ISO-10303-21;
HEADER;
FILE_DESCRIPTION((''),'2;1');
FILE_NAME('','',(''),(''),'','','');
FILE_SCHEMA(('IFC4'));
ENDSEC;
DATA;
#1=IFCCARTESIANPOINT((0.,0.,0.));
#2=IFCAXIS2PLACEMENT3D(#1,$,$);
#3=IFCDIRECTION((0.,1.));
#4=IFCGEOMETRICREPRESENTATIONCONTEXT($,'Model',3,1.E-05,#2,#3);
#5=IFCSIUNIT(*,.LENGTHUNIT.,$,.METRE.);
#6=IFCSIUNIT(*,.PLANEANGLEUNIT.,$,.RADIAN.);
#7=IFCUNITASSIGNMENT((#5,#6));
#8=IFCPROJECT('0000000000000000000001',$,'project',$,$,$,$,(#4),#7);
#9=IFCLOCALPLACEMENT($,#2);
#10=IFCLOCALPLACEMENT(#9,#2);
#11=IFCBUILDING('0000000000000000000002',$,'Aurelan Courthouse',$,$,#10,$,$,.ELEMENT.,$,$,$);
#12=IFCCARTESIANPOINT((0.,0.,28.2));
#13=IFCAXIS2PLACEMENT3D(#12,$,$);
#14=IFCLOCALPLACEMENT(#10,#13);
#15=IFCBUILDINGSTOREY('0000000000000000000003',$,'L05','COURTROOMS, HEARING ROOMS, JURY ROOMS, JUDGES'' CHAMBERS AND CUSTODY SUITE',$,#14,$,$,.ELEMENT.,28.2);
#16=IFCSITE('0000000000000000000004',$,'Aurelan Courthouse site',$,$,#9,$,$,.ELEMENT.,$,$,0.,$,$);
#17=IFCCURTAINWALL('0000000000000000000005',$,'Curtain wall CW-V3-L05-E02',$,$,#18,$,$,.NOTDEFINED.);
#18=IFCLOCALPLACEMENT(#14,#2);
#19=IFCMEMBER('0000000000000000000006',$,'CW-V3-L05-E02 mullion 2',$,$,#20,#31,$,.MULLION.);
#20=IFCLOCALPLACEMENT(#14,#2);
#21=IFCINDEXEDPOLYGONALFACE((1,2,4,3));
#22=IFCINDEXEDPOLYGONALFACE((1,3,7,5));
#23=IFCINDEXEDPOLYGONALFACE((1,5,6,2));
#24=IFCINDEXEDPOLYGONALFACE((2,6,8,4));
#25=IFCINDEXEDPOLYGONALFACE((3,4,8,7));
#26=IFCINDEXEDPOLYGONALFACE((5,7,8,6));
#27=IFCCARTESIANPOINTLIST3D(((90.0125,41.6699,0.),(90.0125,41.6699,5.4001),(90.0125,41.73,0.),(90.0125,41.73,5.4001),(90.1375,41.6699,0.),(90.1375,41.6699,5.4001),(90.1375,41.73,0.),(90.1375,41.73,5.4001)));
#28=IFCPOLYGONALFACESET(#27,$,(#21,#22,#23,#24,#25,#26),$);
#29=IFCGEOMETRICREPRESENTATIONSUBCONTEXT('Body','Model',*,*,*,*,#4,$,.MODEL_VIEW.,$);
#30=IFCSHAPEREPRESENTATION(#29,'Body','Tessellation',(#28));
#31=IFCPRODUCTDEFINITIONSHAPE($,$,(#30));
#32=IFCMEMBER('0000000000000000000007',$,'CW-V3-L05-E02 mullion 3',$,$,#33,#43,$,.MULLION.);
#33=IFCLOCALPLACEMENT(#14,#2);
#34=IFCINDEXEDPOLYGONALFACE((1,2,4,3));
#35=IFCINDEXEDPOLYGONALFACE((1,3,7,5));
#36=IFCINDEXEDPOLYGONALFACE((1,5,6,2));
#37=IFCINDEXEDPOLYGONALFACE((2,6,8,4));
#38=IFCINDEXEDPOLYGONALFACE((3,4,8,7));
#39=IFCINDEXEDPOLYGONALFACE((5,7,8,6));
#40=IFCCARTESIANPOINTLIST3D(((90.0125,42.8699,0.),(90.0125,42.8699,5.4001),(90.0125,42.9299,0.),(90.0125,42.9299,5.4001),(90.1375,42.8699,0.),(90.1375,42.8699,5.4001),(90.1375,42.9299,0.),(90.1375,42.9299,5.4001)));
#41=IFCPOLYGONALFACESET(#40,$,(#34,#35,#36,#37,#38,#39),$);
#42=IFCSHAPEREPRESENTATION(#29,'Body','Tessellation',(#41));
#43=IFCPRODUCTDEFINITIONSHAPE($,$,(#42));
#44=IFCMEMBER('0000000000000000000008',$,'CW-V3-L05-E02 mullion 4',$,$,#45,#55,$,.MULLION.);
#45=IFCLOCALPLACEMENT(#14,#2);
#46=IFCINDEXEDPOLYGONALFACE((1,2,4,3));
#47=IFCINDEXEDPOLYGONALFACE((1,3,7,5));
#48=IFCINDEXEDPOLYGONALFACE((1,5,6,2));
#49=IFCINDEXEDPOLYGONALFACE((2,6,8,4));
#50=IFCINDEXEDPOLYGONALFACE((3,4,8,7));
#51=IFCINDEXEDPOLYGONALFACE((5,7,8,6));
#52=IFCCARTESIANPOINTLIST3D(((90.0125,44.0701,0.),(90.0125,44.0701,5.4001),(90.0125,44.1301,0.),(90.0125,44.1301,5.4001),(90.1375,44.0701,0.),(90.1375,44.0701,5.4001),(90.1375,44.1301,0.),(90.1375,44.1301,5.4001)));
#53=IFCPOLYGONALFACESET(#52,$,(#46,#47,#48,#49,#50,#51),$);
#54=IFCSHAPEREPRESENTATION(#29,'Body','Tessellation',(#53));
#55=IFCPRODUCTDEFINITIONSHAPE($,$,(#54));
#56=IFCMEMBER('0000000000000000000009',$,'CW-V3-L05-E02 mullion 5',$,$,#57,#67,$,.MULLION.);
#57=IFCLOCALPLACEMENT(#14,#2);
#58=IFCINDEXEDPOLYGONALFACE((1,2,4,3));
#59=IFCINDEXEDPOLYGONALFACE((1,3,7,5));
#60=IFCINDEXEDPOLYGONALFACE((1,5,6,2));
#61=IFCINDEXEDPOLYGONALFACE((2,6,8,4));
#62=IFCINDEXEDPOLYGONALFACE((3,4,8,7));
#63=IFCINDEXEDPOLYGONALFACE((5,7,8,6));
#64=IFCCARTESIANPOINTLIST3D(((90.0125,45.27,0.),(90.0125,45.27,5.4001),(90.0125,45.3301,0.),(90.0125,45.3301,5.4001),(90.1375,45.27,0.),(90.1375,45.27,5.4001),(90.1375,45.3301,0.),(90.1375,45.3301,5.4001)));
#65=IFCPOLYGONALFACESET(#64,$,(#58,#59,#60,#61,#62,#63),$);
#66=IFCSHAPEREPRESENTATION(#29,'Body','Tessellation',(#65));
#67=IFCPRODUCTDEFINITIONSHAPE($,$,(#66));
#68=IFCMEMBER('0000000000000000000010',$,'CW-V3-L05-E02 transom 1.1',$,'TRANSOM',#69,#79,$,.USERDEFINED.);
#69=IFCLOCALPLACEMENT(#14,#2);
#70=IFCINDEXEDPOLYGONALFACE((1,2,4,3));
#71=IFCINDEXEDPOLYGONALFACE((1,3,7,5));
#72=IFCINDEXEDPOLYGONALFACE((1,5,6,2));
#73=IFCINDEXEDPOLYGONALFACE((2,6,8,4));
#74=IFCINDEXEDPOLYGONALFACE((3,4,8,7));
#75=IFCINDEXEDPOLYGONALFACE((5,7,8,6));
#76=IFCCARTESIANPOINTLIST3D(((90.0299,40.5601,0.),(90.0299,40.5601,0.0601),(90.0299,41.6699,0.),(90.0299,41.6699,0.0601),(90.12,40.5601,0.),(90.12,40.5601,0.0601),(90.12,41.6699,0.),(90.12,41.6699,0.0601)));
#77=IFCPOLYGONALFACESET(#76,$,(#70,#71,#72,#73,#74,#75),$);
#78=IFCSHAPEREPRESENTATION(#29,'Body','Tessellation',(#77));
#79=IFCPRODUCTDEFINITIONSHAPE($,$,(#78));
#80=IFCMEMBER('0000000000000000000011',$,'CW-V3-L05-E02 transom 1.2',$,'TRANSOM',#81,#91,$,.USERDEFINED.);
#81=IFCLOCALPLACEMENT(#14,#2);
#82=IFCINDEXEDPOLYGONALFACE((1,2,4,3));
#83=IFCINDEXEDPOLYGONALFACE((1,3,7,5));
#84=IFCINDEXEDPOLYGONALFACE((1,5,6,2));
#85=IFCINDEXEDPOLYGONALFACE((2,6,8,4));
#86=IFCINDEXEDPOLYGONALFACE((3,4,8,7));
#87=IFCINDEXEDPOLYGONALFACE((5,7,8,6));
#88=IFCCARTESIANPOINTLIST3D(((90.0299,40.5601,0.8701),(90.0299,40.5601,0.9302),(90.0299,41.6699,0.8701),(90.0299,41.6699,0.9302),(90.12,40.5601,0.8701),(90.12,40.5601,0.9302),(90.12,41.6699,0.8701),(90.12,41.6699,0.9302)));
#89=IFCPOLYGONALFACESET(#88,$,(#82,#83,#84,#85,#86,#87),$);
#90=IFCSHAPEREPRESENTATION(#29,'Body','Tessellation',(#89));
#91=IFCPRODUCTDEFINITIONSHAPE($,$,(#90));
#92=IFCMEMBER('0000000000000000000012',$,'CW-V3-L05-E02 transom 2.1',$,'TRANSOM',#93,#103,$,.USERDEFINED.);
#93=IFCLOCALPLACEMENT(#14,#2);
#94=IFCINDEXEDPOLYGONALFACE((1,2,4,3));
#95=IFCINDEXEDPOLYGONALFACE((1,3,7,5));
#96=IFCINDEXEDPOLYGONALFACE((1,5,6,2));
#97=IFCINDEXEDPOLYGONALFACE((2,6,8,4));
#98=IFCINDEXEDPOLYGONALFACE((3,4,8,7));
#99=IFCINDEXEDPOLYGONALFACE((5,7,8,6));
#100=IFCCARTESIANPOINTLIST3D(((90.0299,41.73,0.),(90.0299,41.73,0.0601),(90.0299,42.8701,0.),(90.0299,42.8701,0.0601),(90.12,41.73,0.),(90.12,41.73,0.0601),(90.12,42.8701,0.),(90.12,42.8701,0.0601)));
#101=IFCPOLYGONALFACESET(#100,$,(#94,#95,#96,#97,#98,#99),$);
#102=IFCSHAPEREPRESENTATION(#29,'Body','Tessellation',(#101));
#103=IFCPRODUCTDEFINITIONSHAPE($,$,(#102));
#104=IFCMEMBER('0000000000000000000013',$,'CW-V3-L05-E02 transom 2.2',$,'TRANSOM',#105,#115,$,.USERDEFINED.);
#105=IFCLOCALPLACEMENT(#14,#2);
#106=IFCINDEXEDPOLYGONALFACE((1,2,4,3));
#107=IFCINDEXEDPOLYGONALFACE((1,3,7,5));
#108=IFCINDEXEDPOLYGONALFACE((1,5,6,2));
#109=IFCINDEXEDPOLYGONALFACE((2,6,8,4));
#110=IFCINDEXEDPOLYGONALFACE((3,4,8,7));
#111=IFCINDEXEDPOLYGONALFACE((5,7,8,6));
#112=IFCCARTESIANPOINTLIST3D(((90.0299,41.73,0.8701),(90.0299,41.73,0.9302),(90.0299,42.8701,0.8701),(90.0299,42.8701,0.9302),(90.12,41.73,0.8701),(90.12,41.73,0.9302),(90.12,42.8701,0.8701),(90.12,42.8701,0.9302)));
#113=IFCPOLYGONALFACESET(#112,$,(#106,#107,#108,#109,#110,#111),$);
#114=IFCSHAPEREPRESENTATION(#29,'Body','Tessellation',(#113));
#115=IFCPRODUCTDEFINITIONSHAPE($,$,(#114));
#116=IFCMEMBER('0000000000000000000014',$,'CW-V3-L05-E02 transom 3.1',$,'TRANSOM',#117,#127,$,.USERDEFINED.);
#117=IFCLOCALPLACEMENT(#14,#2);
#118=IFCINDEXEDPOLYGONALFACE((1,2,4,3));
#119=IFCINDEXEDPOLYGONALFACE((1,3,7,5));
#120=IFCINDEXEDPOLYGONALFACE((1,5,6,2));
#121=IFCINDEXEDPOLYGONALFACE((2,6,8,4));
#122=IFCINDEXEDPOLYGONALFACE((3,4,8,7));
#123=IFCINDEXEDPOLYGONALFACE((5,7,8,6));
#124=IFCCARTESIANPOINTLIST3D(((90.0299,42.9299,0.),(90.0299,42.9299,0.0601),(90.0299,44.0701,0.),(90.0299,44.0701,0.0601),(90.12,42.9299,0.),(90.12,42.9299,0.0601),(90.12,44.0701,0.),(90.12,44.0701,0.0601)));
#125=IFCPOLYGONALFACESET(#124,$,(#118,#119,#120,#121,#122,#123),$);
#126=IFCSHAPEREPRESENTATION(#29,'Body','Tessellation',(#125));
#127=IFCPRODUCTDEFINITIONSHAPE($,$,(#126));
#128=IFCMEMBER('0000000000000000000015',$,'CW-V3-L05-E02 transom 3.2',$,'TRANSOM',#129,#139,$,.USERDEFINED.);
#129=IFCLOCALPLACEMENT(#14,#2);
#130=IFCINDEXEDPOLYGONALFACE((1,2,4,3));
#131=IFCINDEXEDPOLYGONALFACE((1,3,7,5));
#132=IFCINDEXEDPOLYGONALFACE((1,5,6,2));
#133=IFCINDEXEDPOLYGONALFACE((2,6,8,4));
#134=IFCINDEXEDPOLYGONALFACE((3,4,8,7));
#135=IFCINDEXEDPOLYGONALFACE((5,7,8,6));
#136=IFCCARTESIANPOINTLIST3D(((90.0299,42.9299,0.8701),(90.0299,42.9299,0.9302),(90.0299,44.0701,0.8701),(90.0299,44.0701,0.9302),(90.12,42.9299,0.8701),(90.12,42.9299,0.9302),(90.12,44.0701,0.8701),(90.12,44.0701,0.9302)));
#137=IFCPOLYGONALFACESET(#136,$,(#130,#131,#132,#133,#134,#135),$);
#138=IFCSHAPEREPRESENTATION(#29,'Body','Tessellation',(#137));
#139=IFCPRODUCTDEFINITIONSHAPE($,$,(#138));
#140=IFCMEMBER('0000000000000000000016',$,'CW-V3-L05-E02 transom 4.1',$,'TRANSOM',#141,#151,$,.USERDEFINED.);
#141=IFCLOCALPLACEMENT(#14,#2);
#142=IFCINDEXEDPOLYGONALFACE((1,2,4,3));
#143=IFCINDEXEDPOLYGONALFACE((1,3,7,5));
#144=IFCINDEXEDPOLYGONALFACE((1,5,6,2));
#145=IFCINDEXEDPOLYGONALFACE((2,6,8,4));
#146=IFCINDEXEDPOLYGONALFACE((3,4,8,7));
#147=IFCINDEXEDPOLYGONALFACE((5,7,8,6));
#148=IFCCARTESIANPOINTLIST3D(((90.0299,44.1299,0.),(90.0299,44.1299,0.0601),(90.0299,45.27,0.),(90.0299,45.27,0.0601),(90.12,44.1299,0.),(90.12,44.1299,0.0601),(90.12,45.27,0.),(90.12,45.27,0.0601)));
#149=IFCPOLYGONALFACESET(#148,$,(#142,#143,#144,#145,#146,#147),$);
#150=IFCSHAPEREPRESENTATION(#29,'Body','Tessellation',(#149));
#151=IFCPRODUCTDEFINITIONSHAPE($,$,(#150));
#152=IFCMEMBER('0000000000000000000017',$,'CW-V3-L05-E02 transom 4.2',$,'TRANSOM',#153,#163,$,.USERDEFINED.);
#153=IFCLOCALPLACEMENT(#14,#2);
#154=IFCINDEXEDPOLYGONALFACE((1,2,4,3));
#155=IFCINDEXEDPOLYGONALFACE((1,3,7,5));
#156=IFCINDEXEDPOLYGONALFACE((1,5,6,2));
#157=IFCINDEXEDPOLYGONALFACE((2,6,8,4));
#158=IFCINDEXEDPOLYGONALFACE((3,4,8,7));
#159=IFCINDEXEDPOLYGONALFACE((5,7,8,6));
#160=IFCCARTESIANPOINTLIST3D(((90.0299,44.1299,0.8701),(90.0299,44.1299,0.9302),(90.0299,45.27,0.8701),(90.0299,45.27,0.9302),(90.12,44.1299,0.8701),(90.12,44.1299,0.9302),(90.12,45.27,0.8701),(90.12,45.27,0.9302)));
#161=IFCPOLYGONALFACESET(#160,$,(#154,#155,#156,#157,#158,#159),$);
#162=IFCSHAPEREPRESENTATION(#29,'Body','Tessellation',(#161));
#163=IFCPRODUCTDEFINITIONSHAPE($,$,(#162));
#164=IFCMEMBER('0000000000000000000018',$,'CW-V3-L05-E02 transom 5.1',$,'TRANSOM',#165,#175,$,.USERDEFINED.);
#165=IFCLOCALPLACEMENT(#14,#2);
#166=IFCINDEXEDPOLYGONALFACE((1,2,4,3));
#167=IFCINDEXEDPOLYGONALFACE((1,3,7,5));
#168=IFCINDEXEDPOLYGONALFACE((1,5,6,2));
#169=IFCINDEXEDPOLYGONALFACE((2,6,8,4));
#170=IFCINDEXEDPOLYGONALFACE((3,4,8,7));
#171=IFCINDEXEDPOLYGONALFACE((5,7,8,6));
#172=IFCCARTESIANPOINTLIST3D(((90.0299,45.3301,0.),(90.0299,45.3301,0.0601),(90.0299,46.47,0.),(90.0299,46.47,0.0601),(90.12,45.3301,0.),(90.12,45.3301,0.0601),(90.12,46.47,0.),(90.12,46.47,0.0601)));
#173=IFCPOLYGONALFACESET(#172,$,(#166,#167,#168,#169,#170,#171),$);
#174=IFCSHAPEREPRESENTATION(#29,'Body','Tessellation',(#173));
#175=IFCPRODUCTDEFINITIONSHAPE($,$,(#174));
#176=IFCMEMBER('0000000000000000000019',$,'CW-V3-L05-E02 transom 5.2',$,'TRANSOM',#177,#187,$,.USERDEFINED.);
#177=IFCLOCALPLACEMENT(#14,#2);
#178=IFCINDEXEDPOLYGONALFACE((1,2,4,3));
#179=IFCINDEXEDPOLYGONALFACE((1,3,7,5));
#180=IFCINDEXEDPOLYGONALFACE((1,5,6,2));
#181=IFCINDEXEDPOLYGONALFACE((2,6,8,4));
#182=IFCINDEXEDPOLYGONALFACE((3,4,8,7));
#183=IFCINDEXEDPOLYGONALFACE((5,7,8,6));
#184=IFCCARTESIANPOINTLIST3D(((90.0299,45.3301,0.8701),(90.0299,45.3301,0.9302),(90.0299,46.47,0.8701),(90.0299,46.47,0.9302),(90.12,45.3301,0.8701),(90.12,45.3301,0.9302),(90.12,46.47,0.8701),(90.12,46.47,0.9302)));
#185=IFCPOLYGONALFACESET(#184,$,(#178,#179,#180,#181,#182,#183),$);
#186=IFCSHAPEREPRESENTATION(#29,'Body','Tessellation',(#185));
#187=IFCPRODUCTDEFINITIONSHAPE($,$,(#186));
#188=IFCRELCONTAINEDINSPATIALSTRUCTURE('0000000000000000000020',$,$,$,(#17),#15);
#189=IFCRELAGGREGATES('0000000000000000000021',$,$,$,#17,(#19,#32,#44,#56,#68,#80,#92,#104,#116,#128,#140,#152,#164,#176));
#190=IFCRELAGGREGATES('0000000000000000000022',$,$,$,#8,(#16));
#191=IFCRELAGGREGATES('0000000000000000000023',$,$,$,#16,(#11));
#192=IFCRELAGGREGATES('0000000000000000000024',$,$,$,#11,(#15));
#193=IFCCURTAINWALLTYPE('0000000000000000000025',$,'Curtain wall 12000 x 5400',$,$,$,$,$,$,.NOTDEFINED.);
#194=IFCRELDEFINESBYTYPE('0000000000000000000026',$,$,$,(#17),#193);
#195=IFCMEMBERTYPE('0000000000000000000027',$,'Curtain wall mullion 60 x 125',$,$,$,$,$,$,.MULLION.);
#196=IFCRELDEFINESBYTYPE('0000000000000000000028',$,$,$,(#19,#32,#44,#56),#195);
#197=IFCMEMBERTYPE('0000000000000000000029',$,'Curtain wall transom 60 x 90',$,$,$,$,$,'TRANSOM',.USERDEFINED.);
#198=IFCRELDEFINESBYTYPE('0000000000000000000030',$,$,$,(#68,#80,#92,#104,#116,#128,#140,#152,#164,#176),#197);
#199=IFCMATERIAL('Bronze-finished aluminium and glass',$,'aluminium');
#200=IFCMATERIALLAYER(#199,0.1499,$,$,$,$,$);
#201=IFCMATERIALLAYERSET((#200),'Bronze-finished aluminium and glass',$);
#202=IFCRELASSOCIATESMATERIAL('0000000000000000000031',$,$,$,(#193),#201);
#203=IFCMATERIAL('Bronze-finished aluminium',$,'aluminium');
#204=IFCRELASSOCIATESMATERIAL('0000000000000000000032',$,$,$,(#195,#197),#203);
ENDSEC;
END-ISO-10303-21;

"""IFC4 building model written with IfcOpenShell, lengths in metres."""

from ifc_helpers import new_model, si_unit, direction, frame, origin, origin_2d, place, context, subcontext, project, spatial, rectangle, extrude, material, layer, layer_set, material_profile, profile_set, type_object, element, aggregate, save


model = new_model("IFC4")

# Units and contexts
model_context = context("Model", 3, precision=1e-05, world=origin(), true_north=direction((0.0, 1.0)))
body_context = subcontext(model_context, "Body", "Model", "MODEL_VIEW")
ifc_project = project(units=[si_unit("LENGTHUNIT", "METRE"), si_unit("PLANEANGLEUNIT", "RADIAN")], contexts=[model_context])

# Site, building, storey
site_placement = place(None, origin())
site = spatial("IfcSite", under=ifc_project, at=site_placement, Name="Aurelan Courthouse site", CompositionType="ELEMENT", RefElevation=0.0)
building_placement = place(site_placement, origin())
building = spatial("IfcBuilding", under=site, at=building_placement, Name="Aurelan Courthouse", CompositionType="ELEMENT")
storey_placement = place(building_placement, frame((0.0, 0.0, 28.2)))
storey = spatial("IfcBuildingStorey", under=building, at=storey_placement, Name="L05", Description="COURTROOMS, HEARING ROOMS, JURY ROOMS, JUDGES' CHAMBERS AND CUSTODY SUITE", CompositionType="ELEMENT", Elevation=28.2)

# Curtain wall, members
ifc_material_1 = material(Name="Bronze-finished aluminium and glass", Category="aluminium")
ifc_layer_1 = layer(ifc_material_1, 0.1499)
ifc_layer_set_1 = layer_set([ifc_layer_1], Name="Bronze-finished aluminium and glass")
curtain_wall_type = type_object("IfcCurtainWallType", Name="Curtain wall 12000 x 5400", PredefinedType="NOTDEFINED", material=ifc_layer_set_1)
curtain_wall_placement = place(storey_placement, origin())
curtain_wall = element("IfcCurtainWall", 1, at=curtain_wall_placement, inside=storey, type_object=curtain_wall_type, Name="Curtain wall CW-V3-L05-E02", PredefinedType="NOTDEFINED")
ifc_material_2 = material(Name="Bronze-finished aluminium", Category="aluminium")
ifc_material_profile_1 = material_profile(ifc_material_2, rectangle(XDim=0.125, YDim=0.0601, at=origin_2d()), Name="Bronze mullion 60 x 125")
ifc_profile_set_1 = profile_set([ifc_material_profile_1], Name="Bronze-finished aluminium")
member_type_1 = type_object("IfcMemberType", Name="Curtain wall mullion 60 x 125", PredefinedType="MULLION", material=ifc_profile_set_1)
member_1_placement = place(storey_placement, frame((90.075, 41.7, 0.0), z_axis=(0.0, 0.0, 1.0), x_axis=(-1.0, 0.0, 0.0)))
member_1 = element("IfcMember", 2, at=member_1_placement, type_object=member_type_1, Name="CW-V3-L05-E02 mullion 2", PredefinedType="MULLION", context=body_context, shape_type="SweptSolid", body=[
    extrude(rectangle(XDim=0.125, YDim=0.0601, at=origin_2d()), origin(), (0.0, 0.0, 1.0), 5.4001),
])
member_2_placement = place(storey_placement, frame((90.075, 42.8999, 0.0), z_axis=(0.0, 0.0, 1.0), x_axis=(-1.0, 0.0, 0.0)))
member_2 = element("IfcMember", 3, at=member_2_placement, type_object=member_type_1, Name="CW-V3-L05-E02 mullion 3", PredefinedType="MULLION", context=body_context, shape_type="SweptSolid", body=[
    extrude(rectangle(XDim=0.125, YDim=0.0601, at=origin_2d()), origin(), (0.0, 0.0, 1.0), 5.4001),
])
member_3_placement = place(storey_placement, frame((90.075, 44.1001, 0.0), z_axis=(0.0, 0.0, 1.0), x_axis=(-1.0, 0.0, 0.0)))
member_3 = element("IfcMember", 4, at=member_3_placement, type_object=member_type_1, Name="CW-V3-L05-E02 mullion 4", PredefinedType="MULLION", context=body_context, shape_type="SweptSolid", body=[
    extrude(rectangle(XDim=0.125, YDim=0.0601, at=origin_2d()), origin(), (0.0, 0.0, 1.0), 5.4001),
])
member_4_placement = place(storey_placement, frame((90.075, 45.3, 0.0), z_axis=(0.0, 0.0, 1.0), x_axis=(-1.0, 0.0, 0.0)))
member_4 = element("IfcMember", 5, at=member_4_placement, type_object=member_type_1, Name="CW-V3-L05-E02 mullion 5", PredefinedType="MULLION", context=body_context, shape_type="SweptSolid", body=[
    extrude(rectangle(XDim=0.125, YDim=0.0601, at=origin_2d()), origin(), (0.0, 0.0, 1.0), 5.4001),
])
ifc_material_profile_2 = material_profile(ifc_material_2, rectangle(XDim=0.0901, YDim=0.0601, at=origin_2d()), Name="Bronze transom 60 x 90")
ifc_profile_set_2 = profile_set([ifc_material_profile_2], Name="Bronze-finished aluminium")
member_type_2 = type_object("IfcMemberType", Name="Curtain wall transom 60 x 90", ElementType="TRANSOM", PredefinedType="USERDEFINED", material=ifc_profile_set_2)
member_5_placement = place(storey_placement, frame((90.075, 40.5601, 0.03), z_axis=(0.0, 1.0, 0.0), x_axis=(-1.0, 0.0, 0.0)))
member_5 = element("IfcMember", 6, at=member_5_placement, type_object=member_type_2, Name="CW-V3-L05-E02 transom 1.1", ObjectType="TRANSOM", PredefinedType="USERDEFINED", context=body_context, shape_type="SweptSolid", body=[
    extrude(rectangle(XDim=0.0901, YDim=0.0601, at=origin_2d()), origin(), (0.0, 0.0, 1.0), 1.1099),
])
member_6_placement = place(storey_placement, frame((90.075, 40.5601, 0.9001), z_axis=(0.0, 1.0, 0.0), x_axis=(-1.0, 0.0, 0.0)))
member_6 = element("IfcMember", 7, at=member_6_placement, type_object=member_type_2, Name="CW-V3-L05-E02 transom 1.2", ObjectType="TRANSOM", PredefinedType="USERDEFINED", context=body_context, shape_type="SweptSolid", body=[
    extrude(rectangle(XDim=0.0901, YDim=0.0601, at=origin_2d()), origin(), (0.0, 0.0, 1.0), 1.1099),
])
member_7_placement = place(storey_placement, frame((90.075, 41.73, 0.03), z_axis=(0.0, 1.0, 0.0), x_axis=(-1.0, 0.0, 0.0)))
member_7 = element("IfcMember", 8, at=member_7_placement, type_object=member_type_2, Name="CW-V3-L05-E02 transom 2.1", ObjectType="TRANSOM", PredefinedType="USERDEFINED", context=body_context, shape_type="SweptSolid", body=[
    extrude(rectangle(XDim=0.0901, YDim=0.0601, at=origin_2d()), origin(), (0.0, 0.0, 1.0), 1.1401),
])
member_8_placement = place(storey_placement, frame((90.075, 41.73, 0.9001), z_axis=(0.0, 1.0, 0.0), x_axis=(-1.0, 0.0, 0.0)))
member_8 = element("IfcMember", 9, at=member_8_placement, type_object=member_type_2, Name="CW-V3-L05-E02 transom 2.2", ObjectType="TRANSOM", PredefinedType="USERDEFINED", context=body_context, shape_type="SweptSolid", body=[
    extrude(rectangle(XDim=0.0901, YDim=0.0601, at=origin_2d()), origin(), (0.0, 0.0, 1.0), 1.1401),
])
member_9_placement = place(storey_placement, frame((90.075, 42.9299, 0.03), z_axis=(0.0, 1.0, 0.0), x_axis=(-1.0, 0.0, 0.0)))
member_9 = element("IfcMember", 10, at=member_9_placement, type_object=member_type_2, Name="CW-V3-L05-E02 transom 3.1", ObjectType="TRANSOM", PredefinedType="USERDEFINED", context=body_context, shape_type="SweptSolid", body=[
    extrude(rectangle(XDim=0.0901, YDim=0.0601, at=origin_2d()), origin(), (0.0, 0.0, 1.0), 1.1401),
])
member_10_placement = place(storey_placement, frame((90.075, 42.9299, 0.9001), z_axis=(0.0, 1.0, 0.0), x_axis=(-1.0, 0.0, 0.0)))
member_10 = element("IfcMember", 11, at=member_10_placement, type_object=member_type_2, Name="CW-V3-L05-E02 transom 3.2", ObjectType="TRANSOM", PredefinedType="USERDEFINED", context=body_context, shape_type="SweptSolid", body=[
    extrude(rectangle(XDim=0.0901, YDim=0.0601, at=origin_2d()), origin(), (0.0, 0.0, 1.0), 1.1401),
])
member_11_placement = place(storey_placement, frame((90.075, 44.1299, 0.03), z_axis=(0.0, 1.0, 0.0), x_axis=(-1.0, 0.0, 0.0)))
member_11 = element("IfcMember", 12, at=member_11_placement, type_object=member_type_2, Name="CW-V3-L05-E02 transom 4.1", ObjectType="TRANSOM", PredefinedType="USERDEFINED", context=body_context, shape_type="SweptSolid", body=[
    extrude(rectangle(XDim=0.0901, YDim=0.0601, at=origin_2d()), origin(), (0.0, 0.0, 1.0), 1.1401),
])
member_12_placement = place(storey_placement, frame((90.075, 44.1299, 0.9001), z_axis=(0.0, 1.0, 0.0), x_axis=(-1.0, 0.0, 0.0)))
member_12 = element("IfcMember", 13, at=member_12_placement, type_object=member_type_2, Name="CW-V3-L05-E02 transom 4.2", ObjectType="TRANSOM", PredefinedType="USERDEFINED", context=body_context, shape_type="SweptSolid", body=[
    extrude(rectangle(XDim=0.0901, YDim=0.0601, at=origin_2d()), origin(), (0.0, 0.0, 1.0), 1.1401),
])
member_13_placement = place(storey_placement, frame((90.075, 45.3301, 0.03), z_axis=(0.0, 1.0, 0.0), x_axis=(-1.0, 0.0, 0.0)))
member_13 = element("IfcMember", 14, at=member_13_placement, type_object=member_type_2, Name="CW-V3-L05-E02 transom 5.1", ObjectType="TRANSOM", PredefinedType="USERDEFINED", context=body_context, shape_type="SweptSolid", body=[
    extrude(rectangle(XDim=0.0901, YDim=0.0601, at=origin_2d()), origin(), (0.0, 0.0, 1.0), 1.1399),
])
member_14_placement = place(storey_placement, frame((90.075, 45.3301, 0.9001), z_axis=(0.0, 1.0, 0.0), x_axis=(-1.0, 0.0, 0.0)))
member_14 = element("IfcMember", 15, at=member_14_placement, type_object=member_type_2, Name="CW-V3-L05-E02 transom 5.2", ObjectType="TRANSOM", PredefinedType="USERDEFINED", context=body_context, shape_type="SweptSolid", body=[
    extrude(rectangle(XDim=0.0901, YDim=0.0601, at=origin_2d()), origin(), (0.0, 0.0, 1.0), 1.1399),
])
aggregate(curtain_wall, [member_1, member_2, member_3, member_4, member_5, member_6, member_7, member_8, member_9, member_10, member_11, member_12, member_13, member_14])

save(model, "model.ifc")
